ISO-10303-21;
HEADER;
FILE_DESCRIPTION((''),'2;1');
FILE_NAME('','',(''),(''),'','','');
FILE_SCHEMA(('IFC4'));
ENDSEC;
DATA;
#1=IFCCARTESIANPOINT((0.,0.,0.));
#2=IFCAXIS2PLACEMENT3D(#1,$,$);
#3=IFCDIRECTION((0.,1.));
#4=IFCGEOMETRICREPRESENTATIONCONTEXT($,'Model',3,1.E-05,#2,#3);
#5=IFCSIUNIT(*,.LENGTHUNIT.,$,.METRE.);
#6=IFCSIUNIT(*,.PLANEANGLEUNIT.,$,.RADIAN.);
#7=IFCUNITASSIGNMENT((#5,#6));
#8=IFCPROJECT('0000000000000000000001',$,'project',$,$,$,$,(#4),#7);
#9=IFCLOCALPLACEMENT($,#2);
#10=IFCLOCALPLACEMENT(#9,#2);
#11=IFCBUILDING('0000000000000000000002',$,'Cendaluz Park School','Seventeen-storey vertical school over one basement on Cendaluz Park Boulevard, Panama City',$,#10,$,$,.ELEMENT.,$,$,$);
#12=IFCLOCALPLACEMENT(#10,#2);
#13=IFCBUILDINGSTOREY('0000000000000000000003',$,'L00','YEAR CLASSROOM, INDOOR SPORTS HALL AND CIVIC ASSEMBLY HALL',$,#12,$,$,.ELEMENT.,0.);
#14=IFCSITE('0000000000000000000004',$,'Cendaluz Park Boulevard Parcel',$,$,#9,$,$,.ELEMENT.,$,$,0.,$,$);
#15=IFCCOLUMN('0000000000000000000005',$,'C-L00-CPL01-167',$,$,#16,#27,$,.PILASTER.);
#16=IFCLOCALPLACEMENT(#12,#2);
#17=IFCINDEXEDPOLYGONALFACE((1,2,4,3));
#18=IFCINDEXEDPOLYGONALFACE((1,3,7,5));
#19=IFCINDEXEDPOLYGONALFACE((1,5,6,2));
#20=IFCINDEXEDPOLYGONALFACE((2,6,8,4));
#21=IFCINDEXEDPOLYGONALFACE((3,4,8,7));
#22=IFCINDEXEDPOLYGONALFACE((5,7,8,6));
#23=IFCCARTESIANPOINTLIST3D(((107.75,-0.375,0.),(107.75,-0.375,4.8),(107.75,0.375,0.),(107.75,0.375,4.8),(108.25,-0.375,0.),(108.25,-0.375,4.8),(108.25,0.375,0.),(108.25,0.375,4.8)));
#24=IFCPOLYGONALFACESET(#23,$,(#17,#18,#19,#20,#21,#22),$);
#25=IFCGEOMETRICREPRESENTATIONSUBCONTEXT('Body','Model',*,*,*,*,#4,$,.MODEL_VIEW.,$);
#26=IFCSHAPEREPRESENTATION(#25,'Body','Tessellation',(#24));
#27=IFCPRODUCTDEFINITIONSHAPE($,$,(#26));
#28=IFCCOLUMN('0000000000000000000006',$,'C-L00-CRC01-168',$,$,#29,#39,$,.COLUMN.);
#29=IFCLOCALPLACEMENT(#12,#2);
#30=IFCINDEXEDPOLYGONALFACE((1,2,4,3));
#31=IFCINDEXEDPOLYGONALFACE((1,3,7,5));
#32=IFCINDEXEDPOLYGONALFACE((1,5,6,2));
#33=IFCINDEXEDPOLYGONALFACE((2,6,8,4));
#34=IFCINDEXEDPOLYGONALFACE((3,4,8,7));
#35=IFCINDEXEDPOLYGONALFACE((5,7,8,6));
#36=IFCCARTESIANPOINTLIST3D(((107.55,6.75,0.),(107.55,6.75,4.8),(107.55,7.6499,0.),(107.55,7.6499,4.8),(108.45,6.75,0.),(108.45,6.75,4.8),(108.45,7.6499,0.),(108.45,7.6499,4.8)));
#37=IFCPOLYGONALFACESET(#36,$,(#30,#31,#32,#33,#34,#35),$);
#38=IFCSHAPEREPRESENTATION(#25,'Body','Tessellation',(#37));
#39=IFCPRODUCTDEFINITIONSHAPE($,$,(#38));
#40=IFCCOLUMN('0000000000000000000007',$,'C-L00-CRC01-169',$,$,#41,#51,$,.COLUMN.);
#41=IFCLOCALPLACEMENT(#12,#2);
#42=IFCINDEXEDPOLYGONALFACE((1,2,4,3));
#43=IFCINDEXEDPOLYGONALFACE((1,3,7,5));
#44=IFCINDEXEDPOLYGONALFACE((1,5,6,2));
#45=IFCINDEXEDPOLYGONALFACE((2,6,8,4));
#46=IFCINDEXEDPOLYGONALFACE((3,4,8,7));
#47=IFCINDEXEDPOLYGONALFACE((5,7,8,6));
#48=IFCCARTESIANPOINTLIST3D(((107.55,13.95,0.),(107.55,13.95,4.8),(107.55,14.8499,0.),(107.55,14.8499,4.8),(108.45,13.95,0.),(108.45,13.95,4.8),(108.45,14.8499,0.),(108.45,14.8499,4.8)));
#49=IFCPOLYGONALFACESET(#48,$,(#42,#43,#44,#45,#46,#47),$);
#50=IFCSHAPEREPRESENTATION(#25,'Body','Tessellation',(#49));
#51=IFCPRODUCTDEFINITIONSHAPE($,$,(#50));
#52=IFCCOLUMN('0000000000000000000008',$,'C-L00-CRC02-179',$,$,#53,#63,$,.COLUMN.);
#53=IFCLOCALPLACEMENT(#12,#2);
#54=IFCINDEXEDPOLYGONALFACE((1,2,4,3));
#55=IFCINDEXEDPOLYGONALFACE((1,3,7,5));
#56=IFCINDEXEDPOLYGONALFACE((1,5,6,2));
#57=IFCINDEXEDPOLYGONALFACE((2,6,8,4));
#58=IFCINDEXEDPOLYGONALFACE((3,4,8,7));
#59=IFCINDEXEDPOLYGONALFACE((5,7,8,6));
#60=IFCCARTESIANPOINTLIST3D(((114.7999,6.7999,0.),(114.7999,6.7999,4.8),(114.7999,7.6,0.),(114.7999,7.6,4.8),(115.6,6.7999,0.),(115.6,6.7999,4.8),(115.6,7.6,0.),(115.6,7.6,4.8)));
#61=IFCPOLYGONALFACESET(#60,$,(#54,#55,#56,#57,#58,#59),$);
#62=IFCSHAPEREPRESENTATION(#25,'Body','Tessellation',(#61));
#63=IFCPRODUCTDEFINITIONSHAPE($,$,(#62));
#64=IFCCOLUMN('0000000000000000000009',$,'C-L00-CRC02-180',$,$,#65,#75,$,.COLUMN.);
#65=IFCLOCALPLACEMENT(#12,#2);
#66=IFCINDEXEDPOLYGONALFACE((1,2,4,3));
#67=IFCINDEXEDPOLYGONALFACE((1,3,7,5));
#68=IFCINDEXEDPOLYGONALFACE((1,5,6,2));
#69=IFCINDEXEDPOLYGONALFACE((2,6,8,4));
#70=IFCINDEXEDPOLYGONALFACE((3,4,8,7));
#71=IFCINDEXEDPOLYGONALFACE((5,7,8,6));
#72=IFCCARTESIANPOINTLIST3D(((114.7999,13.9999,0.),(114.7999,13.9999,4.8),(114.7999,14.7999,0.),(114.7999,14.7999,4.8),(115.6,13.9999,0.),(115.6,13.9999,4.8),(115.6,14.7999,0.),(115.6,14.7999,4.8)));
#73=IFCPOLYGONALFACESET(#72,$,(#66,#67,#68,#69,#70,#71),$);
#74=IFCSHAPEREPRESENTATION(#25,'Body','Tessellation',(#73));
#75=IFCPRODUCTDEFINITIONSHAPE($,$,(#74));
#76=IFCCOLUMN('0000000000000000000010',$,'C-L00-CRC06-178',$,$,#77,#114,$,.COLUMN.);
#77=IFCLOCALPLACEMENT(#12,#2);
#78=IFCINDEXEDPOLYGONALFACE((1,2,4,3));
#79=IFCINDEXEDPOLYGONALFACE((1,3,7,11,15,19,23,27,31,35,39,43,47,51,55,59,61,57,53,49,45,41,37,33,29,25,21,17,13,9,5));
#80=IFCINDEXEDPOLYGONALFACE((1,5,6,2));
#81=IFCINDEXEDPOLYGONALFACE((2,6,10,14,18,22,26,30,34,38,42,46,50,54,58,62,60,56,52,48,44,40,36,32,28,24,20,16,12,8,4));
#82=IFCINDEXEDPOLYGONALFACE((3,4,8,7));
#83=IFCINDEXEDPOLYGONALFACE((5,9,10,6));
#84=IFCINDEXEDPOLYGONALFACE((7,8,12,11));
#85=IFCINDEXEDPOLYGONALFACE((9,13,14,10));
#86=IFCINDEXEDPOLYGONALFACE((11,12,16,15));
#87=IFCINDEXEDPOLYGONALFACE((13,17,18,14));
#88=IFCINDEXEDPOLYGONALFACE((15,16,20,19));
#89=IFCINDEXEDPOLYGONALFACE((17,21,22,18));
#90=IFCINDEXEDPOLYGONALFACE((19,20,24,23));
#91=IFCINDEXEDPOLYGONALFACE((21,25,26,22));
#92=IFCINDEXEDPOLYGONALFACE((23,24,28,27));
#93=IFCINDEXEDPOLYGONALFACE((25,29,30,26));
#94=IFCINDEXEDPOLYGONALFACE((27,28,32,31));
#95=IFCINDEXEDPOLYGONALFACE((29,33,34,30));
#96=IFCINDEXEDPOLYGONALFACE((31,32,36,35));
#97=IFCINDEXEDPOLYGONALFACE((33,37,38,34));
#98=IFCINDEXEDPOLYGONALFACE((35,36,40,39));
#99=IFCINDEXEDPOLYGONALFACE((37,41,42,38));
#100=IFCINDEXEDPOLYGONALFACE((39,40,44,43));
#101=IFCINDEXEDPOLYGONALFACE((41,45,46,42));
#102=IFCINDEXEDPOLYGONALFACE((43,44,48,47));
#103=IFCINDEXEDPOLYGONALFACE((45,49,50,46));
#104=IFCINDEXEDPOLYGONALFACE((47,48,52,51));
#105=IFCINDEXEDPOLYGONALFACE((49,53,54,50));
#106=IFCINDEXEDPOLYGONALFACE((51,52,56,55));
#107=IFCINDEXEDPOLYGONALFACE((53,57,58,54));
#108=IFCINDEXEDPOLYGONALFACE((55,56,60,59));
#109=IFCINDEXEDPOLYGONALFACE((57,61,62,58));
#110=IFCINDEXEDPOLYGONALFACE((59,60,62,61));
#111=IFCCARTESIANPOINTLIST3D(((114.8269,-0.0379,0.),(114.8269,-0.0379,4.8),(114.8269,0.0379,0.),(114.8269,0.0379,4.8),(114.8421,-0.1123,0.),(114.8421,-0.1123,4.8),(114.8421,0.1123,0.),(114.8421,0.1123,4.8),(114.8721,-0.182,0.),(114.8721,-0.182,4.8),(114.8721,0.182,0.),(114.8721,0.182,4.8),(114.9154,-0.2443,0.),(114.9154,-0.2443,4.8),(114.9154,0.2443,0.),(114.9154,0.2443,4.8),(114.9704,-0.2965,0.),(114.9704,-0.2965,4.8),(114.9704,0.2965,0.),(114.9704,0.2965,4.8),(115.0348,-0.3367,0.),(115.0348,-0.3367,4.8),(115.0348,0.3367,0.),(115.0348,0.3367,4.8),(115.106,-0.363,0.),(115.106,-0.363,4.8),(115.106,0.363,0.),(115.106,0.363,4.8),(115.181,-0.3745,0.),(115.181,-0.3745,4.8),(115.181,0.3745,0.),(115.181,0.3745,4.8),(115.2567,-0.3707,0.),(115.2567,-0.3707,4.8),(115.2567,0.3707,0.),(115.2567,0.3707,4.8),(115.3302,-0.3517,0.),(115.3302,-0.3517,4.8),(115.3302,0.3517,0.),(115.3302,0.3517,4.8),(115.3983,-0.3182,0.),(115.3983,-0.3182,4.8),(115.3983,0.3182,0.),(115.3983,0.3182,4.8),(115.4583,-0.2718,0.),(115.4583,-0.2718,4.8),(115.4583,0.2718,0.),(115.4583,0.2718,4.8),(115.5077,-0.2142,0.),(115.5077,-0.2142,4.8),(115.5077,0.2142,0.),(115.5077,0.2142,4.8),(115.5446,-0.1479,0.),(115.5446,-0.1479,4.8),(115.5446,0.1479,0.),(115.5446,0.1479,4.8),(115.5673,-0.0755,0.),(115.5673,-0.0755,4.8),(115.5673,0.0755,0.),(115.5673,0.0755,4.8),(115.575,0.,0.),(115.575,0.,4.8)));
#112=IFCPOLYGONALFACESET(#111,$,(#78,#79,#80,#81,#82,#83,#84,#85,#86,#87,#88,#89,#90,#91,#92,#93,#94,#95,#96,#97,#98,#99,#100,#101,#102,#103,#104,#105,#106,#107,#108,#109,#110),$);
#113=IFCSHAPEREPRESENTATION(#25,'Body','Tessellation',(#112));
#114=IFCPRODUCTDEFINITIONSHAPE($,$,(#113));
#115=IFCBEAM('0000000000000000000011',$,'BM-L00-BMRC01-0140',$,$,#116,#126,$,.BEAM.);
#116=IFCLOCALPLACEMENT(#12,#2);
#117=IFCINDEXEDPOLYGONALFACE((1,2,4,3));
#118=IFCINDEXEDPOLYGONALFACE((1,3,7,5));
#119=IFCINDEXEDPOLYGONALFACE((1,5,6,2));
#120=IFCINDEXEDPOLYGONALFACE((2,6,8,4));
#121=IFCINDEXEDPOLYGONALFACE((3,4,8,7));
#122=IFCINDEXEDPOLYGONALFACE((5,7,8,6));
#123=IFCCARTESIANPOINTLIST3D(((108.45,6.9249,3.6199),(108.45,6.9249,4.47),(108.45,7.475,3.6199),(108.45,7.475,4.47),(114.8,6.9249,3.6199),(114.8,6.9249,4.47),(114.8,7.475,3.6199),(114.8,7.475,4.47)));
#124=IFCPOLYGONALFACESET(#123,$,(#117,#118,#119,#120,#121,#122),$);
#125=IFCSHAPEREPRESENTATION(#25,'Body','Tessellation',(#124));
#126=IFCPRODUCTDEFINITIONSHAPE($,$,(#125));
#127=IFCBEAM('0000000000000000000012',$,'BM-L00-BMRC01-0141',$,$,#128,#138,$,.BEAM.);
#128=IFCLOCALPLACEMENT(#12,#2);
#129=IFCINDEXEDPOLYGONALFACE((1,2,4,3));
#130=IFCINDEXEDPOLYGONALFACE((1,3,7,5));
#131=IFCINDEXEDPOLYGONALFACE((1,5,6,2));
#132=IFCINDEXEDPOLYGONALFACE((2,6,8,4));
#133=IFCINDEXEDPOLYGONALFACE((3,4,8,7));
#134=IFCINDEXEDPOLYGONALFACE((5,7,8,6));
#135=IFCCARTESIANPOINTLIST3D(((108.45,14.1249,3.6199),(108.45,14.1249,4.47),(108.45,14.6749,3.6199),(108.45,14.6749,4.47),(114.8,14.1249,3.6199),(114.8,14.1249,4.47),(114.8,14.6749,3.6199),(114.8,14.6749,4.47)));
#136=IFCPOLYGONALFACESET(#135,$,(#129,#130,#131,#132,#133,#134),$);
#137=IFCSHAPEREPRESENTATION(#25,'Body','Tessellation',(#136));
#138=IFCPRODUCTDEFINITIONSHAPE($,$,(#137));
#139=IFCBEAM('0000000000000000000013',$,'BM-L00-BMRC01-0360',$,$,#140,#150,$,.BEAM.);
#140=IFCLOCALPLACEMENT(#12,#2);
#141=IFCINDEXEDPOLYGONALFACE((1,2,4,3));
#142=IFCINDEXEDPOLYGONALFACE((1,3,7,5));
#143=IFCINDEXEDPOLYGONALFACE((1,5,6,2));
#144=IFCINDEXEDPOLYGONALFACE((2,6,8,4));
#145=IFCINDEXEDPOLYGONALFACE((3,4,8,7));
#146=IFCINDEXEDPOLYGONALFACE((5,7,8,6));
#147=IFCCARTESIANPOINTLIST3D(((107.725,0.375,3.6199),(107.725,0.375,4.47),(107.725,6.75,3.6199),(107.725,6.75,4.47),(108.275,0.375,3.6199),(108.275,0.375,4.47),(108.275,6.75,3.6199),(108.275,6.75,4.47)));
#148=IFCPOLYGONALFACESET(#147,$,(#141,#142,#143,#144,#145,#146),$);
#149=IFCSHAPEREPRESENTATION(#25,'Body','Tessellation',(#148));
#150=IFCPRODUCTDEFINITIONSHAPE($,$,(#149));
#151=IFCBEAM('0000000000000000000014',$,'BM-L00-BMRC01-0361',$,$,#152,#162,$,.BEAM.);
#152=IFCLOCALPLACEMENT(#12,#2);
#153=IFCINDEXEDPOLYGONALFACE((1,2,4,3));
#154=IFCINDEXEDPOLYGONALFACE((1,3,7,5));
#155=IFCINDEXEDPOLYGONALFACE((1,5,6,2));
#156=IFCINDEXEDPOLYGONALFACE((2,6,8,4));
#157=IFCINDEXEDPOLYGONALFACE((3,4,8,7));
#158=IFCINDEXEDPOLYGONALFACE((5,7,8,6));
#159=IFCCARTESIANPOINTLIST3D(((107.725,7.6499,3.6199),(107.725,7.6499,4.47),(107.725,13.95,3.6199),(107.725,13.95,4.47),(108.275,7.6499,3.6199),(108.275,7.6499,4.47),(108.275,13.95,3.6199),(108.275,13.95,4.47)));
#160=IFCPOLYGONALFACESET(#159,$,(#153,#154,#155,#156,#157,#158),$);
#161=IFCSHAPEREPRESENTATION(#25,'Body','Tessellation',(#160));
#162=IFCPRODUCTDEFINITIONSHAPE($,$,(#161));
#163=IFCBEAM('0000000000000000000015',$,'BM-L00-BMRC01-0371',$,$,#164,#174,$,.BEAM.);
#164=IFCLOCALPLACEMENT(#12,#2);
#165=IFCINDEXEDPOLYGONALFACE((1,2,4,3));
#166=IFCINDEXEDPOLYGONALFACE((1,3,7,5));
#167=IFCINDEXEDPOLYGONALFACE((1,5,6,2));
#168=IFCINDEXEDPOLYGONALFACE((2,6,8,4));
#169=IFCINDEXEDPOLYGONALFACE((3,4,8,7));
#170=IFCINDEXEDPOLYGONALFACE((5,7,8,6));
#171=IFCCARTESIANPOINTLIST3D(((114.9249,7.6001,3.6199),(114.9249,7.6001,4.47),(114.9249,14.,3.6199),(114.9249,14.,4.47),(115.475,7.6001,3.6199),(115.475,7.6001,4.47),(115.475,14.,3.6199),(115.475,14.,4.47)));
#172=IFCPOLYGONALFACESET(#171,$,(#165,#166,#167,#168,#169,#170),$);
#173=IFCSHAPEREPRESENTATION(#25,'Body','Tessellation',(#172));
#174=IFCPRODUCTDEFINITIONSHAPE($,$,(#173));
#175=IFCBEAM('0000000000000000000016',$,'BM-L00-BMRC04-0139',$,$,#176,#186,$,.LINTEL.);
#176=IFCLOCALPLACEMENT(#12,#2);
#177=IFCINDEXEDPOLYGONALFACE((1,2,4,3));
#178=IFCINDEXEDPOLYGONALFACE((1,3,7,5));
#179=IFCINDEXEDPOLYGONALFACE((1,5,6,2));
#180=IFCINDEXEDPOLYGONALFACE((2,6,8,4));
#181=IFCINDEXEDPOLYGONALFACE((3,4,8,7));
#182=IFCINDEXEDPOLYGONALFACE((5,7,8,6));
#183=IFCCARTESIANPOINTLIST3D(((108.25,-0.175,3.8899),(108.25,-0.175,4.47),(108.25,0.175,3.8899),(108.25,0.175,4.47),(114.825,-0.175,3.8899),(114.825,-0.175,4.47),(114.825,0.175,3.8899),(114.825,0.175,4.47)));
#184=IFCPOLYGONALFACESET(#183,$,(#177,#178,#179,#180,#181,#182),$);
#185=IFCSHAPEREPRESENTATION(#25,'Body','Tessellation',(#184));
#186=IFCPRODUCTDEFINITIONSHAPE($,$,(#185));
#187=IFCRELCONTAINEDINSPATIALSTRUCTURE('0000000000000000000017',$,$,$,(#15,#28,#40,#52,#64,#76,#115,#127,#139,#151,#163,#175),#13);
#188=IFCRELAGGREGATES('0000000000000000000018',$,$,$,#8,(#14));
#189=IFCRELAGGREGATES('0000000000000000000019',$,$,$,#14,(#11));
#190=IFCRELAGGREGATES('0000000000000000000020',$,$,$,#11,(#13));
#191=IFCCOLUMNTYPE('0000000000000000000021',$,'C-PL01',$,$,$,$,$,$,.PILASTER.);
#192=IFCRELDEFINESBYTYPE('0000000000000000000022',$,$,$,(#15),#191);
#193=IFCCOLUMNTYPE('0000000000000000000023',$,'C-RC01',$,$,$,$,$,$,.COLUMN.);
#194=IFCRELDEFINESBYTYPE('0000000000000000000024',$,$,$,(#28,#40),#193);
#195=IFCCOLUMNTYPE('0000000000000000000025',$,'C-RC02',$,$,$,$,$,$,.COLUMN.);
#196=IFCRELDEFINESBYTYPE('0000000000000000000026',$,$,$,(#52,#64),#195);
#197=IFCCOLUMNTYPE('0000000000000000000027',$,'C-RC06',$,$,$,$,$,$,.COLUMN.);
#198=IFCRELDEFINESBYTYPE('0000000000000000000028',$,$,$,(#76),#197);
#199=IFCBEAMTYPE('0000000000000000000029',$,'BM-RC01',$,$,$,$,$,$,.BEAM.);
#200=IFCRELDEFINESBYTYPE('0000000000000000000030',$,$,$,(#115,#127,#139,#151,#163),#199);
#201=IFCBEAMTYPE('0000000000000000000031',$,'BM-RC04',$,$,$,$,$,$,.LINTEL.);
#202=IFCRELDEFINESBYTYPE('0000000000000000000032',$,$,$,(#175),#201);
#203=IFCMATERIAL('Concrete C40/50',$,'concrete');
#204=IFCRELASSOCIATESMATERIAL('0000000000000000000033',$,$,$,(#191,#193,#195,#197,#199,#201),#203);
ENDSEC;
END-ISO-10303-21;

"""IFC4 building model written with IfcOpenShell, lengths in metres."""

from ifc_helpers import new_model, si_unit, direction, frame, origin, origin_2d, place, context, subcontext, project, spatial, rectangle, circle, extrude, material, material_profile, profile_set, type_object, element, save


model = new_model("IFC4")

# Units and contexts
model_context = context("Model", 3, precision=1e-05, world=origin(), true_north=direction((0.0, 1.0)))
body_context = subcontext(model_context, "Body", "Model", "MODEL_VIEW")
ifc_project = project(units=[si_unit("LENGTHUNIT", "METRE"), si_unit("PLANEANGLEUNIT", "RADIAN")], contexts=[model_context])

# Site, building, storey
site_placement = place(None, origin())
site = spatial("IfcSite", under=ifc_project, at=site_placement, Name="Cendaluz Park Boulevard Parcel", CompositionType="ELEMENT", RefElevation=0.0)
building_placement = place(site_placement, origin())
building = spatial("IfcBuilding", under=site, at=building_placement, Name="Cendaluz Park School", Description="Seventeen-storey vertical school over one basement on Cendaluz Park Boulevard, Panama City", CompositionType="ELEMENT")
storey_placement = place(building_placement, origin())
storey = spatial("IfcBuildingStorey", under=building, at=storey_placement, Name="L00", Description="YEAR CLASSROOM, INDOOR SPORTS HALL AND CIVIC ASSEMBLY HALL", CompositionType="ELEMENT", Elevation=0.0)

# Columns
ifc_material_1 = material(Name="Concrete C40/50", Category="concrete")
ifc_material_profile_1 = material_profile(ifc_material_1, rectangle(XDim=0.5, YDim=0.75, at=origin_2d()), Name="RC 500x750", Category="concrete")
ifc_profile_set_1 = profile_set([ifc_material_profile_1], Name="Concrete C40/50")
column_type_1 = type_object("IfcColumnType", Name="C-PL01", PredefinedType="PILASTER", material=ifc_profile_set_1)
column_1_placement = place(storey_placement, frame((108.0, 0.0, 0.0), z_axis=(0.0, 0.0, 1.0), x_axis=(1.0, 0.0, 0.0)))
element("IfcColumn", 1, at=column_1_placement, inside=storey, type_object=column_type_1, Name="C-L00-CPL01-167", PredefinedType="PILASTER", context=body_context, shape_type="SweptSolid", body=[
    extrude(rectangle(XDim=0.5, YDim=0.75, at=origin_2d()), origin(), (0.0, 0.0, 1.0), 4.8),
])
ifc_material_profile_2 = material_profile(ifc_material_1, rectangle(XDim=0.8999, YDim=0.8999, at=origin_2d()), Name="RC 900x900", Category="concrete")
ifc_profile_set_2 = profile_set([ifc_material_profile_2], Name="Concrete C40/50")
column_type_2 = type_object("IfcColumnType", Name="C-RC01", PredefinedType="COLUMN", material=ifc_profile_set_2)
for number, where, z_axis, x_axis, name in (
    (2, (108.0, 7.2, 0.0), (0.0, 0.0, 1.0), (1.0, 0.0, 0.0), "C-L00-CRC01-168"),
    (3, (108.0, 14.3999, 0.0), (0.0, 0.0, 1.0), (1.0, 0.0, 0.0), "C-L00-CRC01-169"),
):
    element("IfcColumn", number, at=place(storey_placement, frame(where, z_axis=z_axis, x_axis=x_axis)), inside=storey, type_object=column_type_2, Name=name, PredefinedType="COLUMN", context=body_context, shape_type="SweptSolid", body=[
        extrude(rectangle(XDim=0.8999, YDim=0.8999, at=origin_2d()), origin(), (0.0, 0.0, 1.0), 4.8),
    ])
ifc_material_profile_3 = material_profile(ifc_material_1, rectangle(XDim=0.8, YDim=0.8, at=origin_2d()), Name="RC 800x800", Category="concrete")
ifc_profile_set_3 = profile_set([ifc_material_profile_3], Name="Concrete C40/50")
column_type_3 = type_object("IfcColumnType", Name="C-RC02", PredefinedType="COLUMN", material=ifc_profile_set_3)
for number, where, z_axis, x_axis, name in (
    (4, (115.2, 7.2, 0.0), (0.0, 0.0, 1.0), (1.0, 0.0, 0.0), "C-L00-CRC02-179"),
    (5, (115.2, 14.3999, 0.0), (0.0, 0.0, 1.0), (1.0, 0.0, 0.0), "C-L00-CRC02-180"),
):
    element("IfcColumn", number, at=place(storey_placement, frame(where, z_axis=z_axis, x_axis=x_axis)), inside=storey, type_object=column_type_3, Name=name, PredefinedType="COLUMN", context=body_context, shape_type="SweptSolid", body=[
        extrude(rectangle(XDim=0.8, YDim=0.8, at=origin_2d()), origin(), (0.0, 0.0, 1.0), 4.8),
    ])
ifc_material_profile_4 = material_profile(ifc_material_1, circle(Radius=0.375, at=origin_2d()), Name="RC D750", Category="concrete")
ifc_profile_set_4 = profile_set([ifc_material_profile_4], Name="Concrete C40/50")
column_type_4 = type_object("IfcColumnType", Name="C-RC06", PredefinedType="COLUMN", material=ifc_profile_set_4)
column_2_placement = place(storey_placement, frame((115.2, 0.0, 0.0), z_axis=(0.0, 0.0, 1.0), x_axis=(1.0, 0.0, 0.0)))
element("IfcColumn", 6, at=column_2_placement, inside=storey, type_object=column_type_4, Name="C-L00-CRC06-178", PredefinedType="COLUMN", context=body_context, shape_type="SweptSolid", body=[
    extrude(circle(Radius=0.375, at=origin_2d()), origin(), (0.0, 0.0, 1.0), 4.8),
])

# Beams
ifc_material_profile_5 = material_profile(ifc_material_1, rectangle(XDim=0.55, YDim=0.8501, at=origin_2d()), Name="RC 550x850", Category="concrete")
ifc_profile_set_5 = profile_set([ifc_material_profile_5], Name="Concrete C40/50")
beam_type_1 = type_object("IfcBeamType", Name="BM-RC01", PredefinedType="BEAM", material=ifc_profile_set_5)
for number, where, z_axis, x_axis, name in (
    (7, (108.45, 7.2, 4.0449), (1.0, 0.0, 0.0), (0.0, 1.0, 0.0), "BM-L00-BMRC01-0140"),
    (8, (108.45, 14.3999, 4.0449), (1.0, 0.0, 0.0), (0.0, 1.0, 0.0), "BM-L00-BMRC01-0141"),
):
    element("IfcBeam", number, at=place(storey_placement, frame(where, z_axis=z_axis, x_axis=x_axis)), inside=storey, type_object=beam_type_1, Name=name, PredefinedType="BEAM", context=body_context, shape_type="SweptSolid", body=[
        extrude(rectangle(XDim=0.55, YDim=0.8501, at=origin_2d()), origin(), (0.0, 0.0, 1.0), 6.3501),
    ])
beam_1_placement = place(storey_placement, frame((108.0, 0.375, 4.0449), z_axis=(0.0, 1.0, 0.0), x_axis=(-1.0, 0.0, 0.0)))
element("IfcBeam", 9, at=beam_1_placement, inside=storey, type_object=beam_type_1, Name="BM-L00-BMRC01-0360", PredefinedType="BEAM", context=body_context, shape_type="SweptSolid", body=[
    extrude(rectangle(XDim=0.55, YDim=0.8501, at=origin_2d()), origin(), (0.0, 0.0, 1.0), 6.375),
])
beam_2_placement = place(storey_placement, frame((108.0, 7.6499, 4.0449), z_axis=(0.0, 1.0, 0.0), x_axis=(-1.0, 0.0, 0.0)))
element("IfcBeam", 10, at=beam_2_placement, inside=storey, type_object=beam_type_1, Name="BM-L00-BMRC01-0361", PredefinedType="BEAM", context=body_context, shape_type="SweptSolid", body=[
    extrude(rectangle(XDim=0.55, YDim=0.8501, at=origin_2d()), origin(), (0.0, 0.0, 1.0), 6.3),
])
beam_3_placement = place(storey_placement, frame((115.2, 7.6001, 4.0449), z_axis=(0.0, 1.0, 0.0), x_axis=(-1.0, 0.0, 0.0)))
element("IfcBeam", 11, at=beam_3_placement, inside=storey, type_object=beam_type_1, Name="BM-L00-BMRC01-0371", PredefinedType="BEAM", context=body_context, shape_type="SweptSolid", body=[
    extrude(rectangle(XDim=0.55, YDim=0.8501, at=origin_2d()), origin(), (0.0, 0.0, 1.0), 6.3999),
])
ifc_material_profile_6 = material_profile(ifc_material_1, rectangle(XDim=0.3501, YDim=0.5801, at=origin_2d()), Name="RC 350x580", Category="concrete")
ifc_profile_set_6 = profile_set([ifc_material_profile_6], Name="Concrete C40/50")
beam_type_2 = type_object("IfcBeamType", Name="BM-RC04", PredefinedType="LINTEL", material=ifc_profile_set_6)
beam_4_placement = place(storey_placement, frame((108.25, 0.0, 4.1799), z_axis=(1.0, 0.0, 0.0), x_axis=(0.0, 1.0, 0.0)))
element("IfcBeam", 12, at=beam_4_placement, inside=storey, type_object=beam_type_2, Name="BM-L00-BMRC04-0139", PredefinedType="LINTEL", context=body_context, shape_type="SweptSolid", body=[
    extrude(rectangle(XDim=0.3501, YDim=0.5801, at=origin_2d()), origin(), (0.0, 0.0, 1.0), 6.575),
])

save(model, "model.ifc")
